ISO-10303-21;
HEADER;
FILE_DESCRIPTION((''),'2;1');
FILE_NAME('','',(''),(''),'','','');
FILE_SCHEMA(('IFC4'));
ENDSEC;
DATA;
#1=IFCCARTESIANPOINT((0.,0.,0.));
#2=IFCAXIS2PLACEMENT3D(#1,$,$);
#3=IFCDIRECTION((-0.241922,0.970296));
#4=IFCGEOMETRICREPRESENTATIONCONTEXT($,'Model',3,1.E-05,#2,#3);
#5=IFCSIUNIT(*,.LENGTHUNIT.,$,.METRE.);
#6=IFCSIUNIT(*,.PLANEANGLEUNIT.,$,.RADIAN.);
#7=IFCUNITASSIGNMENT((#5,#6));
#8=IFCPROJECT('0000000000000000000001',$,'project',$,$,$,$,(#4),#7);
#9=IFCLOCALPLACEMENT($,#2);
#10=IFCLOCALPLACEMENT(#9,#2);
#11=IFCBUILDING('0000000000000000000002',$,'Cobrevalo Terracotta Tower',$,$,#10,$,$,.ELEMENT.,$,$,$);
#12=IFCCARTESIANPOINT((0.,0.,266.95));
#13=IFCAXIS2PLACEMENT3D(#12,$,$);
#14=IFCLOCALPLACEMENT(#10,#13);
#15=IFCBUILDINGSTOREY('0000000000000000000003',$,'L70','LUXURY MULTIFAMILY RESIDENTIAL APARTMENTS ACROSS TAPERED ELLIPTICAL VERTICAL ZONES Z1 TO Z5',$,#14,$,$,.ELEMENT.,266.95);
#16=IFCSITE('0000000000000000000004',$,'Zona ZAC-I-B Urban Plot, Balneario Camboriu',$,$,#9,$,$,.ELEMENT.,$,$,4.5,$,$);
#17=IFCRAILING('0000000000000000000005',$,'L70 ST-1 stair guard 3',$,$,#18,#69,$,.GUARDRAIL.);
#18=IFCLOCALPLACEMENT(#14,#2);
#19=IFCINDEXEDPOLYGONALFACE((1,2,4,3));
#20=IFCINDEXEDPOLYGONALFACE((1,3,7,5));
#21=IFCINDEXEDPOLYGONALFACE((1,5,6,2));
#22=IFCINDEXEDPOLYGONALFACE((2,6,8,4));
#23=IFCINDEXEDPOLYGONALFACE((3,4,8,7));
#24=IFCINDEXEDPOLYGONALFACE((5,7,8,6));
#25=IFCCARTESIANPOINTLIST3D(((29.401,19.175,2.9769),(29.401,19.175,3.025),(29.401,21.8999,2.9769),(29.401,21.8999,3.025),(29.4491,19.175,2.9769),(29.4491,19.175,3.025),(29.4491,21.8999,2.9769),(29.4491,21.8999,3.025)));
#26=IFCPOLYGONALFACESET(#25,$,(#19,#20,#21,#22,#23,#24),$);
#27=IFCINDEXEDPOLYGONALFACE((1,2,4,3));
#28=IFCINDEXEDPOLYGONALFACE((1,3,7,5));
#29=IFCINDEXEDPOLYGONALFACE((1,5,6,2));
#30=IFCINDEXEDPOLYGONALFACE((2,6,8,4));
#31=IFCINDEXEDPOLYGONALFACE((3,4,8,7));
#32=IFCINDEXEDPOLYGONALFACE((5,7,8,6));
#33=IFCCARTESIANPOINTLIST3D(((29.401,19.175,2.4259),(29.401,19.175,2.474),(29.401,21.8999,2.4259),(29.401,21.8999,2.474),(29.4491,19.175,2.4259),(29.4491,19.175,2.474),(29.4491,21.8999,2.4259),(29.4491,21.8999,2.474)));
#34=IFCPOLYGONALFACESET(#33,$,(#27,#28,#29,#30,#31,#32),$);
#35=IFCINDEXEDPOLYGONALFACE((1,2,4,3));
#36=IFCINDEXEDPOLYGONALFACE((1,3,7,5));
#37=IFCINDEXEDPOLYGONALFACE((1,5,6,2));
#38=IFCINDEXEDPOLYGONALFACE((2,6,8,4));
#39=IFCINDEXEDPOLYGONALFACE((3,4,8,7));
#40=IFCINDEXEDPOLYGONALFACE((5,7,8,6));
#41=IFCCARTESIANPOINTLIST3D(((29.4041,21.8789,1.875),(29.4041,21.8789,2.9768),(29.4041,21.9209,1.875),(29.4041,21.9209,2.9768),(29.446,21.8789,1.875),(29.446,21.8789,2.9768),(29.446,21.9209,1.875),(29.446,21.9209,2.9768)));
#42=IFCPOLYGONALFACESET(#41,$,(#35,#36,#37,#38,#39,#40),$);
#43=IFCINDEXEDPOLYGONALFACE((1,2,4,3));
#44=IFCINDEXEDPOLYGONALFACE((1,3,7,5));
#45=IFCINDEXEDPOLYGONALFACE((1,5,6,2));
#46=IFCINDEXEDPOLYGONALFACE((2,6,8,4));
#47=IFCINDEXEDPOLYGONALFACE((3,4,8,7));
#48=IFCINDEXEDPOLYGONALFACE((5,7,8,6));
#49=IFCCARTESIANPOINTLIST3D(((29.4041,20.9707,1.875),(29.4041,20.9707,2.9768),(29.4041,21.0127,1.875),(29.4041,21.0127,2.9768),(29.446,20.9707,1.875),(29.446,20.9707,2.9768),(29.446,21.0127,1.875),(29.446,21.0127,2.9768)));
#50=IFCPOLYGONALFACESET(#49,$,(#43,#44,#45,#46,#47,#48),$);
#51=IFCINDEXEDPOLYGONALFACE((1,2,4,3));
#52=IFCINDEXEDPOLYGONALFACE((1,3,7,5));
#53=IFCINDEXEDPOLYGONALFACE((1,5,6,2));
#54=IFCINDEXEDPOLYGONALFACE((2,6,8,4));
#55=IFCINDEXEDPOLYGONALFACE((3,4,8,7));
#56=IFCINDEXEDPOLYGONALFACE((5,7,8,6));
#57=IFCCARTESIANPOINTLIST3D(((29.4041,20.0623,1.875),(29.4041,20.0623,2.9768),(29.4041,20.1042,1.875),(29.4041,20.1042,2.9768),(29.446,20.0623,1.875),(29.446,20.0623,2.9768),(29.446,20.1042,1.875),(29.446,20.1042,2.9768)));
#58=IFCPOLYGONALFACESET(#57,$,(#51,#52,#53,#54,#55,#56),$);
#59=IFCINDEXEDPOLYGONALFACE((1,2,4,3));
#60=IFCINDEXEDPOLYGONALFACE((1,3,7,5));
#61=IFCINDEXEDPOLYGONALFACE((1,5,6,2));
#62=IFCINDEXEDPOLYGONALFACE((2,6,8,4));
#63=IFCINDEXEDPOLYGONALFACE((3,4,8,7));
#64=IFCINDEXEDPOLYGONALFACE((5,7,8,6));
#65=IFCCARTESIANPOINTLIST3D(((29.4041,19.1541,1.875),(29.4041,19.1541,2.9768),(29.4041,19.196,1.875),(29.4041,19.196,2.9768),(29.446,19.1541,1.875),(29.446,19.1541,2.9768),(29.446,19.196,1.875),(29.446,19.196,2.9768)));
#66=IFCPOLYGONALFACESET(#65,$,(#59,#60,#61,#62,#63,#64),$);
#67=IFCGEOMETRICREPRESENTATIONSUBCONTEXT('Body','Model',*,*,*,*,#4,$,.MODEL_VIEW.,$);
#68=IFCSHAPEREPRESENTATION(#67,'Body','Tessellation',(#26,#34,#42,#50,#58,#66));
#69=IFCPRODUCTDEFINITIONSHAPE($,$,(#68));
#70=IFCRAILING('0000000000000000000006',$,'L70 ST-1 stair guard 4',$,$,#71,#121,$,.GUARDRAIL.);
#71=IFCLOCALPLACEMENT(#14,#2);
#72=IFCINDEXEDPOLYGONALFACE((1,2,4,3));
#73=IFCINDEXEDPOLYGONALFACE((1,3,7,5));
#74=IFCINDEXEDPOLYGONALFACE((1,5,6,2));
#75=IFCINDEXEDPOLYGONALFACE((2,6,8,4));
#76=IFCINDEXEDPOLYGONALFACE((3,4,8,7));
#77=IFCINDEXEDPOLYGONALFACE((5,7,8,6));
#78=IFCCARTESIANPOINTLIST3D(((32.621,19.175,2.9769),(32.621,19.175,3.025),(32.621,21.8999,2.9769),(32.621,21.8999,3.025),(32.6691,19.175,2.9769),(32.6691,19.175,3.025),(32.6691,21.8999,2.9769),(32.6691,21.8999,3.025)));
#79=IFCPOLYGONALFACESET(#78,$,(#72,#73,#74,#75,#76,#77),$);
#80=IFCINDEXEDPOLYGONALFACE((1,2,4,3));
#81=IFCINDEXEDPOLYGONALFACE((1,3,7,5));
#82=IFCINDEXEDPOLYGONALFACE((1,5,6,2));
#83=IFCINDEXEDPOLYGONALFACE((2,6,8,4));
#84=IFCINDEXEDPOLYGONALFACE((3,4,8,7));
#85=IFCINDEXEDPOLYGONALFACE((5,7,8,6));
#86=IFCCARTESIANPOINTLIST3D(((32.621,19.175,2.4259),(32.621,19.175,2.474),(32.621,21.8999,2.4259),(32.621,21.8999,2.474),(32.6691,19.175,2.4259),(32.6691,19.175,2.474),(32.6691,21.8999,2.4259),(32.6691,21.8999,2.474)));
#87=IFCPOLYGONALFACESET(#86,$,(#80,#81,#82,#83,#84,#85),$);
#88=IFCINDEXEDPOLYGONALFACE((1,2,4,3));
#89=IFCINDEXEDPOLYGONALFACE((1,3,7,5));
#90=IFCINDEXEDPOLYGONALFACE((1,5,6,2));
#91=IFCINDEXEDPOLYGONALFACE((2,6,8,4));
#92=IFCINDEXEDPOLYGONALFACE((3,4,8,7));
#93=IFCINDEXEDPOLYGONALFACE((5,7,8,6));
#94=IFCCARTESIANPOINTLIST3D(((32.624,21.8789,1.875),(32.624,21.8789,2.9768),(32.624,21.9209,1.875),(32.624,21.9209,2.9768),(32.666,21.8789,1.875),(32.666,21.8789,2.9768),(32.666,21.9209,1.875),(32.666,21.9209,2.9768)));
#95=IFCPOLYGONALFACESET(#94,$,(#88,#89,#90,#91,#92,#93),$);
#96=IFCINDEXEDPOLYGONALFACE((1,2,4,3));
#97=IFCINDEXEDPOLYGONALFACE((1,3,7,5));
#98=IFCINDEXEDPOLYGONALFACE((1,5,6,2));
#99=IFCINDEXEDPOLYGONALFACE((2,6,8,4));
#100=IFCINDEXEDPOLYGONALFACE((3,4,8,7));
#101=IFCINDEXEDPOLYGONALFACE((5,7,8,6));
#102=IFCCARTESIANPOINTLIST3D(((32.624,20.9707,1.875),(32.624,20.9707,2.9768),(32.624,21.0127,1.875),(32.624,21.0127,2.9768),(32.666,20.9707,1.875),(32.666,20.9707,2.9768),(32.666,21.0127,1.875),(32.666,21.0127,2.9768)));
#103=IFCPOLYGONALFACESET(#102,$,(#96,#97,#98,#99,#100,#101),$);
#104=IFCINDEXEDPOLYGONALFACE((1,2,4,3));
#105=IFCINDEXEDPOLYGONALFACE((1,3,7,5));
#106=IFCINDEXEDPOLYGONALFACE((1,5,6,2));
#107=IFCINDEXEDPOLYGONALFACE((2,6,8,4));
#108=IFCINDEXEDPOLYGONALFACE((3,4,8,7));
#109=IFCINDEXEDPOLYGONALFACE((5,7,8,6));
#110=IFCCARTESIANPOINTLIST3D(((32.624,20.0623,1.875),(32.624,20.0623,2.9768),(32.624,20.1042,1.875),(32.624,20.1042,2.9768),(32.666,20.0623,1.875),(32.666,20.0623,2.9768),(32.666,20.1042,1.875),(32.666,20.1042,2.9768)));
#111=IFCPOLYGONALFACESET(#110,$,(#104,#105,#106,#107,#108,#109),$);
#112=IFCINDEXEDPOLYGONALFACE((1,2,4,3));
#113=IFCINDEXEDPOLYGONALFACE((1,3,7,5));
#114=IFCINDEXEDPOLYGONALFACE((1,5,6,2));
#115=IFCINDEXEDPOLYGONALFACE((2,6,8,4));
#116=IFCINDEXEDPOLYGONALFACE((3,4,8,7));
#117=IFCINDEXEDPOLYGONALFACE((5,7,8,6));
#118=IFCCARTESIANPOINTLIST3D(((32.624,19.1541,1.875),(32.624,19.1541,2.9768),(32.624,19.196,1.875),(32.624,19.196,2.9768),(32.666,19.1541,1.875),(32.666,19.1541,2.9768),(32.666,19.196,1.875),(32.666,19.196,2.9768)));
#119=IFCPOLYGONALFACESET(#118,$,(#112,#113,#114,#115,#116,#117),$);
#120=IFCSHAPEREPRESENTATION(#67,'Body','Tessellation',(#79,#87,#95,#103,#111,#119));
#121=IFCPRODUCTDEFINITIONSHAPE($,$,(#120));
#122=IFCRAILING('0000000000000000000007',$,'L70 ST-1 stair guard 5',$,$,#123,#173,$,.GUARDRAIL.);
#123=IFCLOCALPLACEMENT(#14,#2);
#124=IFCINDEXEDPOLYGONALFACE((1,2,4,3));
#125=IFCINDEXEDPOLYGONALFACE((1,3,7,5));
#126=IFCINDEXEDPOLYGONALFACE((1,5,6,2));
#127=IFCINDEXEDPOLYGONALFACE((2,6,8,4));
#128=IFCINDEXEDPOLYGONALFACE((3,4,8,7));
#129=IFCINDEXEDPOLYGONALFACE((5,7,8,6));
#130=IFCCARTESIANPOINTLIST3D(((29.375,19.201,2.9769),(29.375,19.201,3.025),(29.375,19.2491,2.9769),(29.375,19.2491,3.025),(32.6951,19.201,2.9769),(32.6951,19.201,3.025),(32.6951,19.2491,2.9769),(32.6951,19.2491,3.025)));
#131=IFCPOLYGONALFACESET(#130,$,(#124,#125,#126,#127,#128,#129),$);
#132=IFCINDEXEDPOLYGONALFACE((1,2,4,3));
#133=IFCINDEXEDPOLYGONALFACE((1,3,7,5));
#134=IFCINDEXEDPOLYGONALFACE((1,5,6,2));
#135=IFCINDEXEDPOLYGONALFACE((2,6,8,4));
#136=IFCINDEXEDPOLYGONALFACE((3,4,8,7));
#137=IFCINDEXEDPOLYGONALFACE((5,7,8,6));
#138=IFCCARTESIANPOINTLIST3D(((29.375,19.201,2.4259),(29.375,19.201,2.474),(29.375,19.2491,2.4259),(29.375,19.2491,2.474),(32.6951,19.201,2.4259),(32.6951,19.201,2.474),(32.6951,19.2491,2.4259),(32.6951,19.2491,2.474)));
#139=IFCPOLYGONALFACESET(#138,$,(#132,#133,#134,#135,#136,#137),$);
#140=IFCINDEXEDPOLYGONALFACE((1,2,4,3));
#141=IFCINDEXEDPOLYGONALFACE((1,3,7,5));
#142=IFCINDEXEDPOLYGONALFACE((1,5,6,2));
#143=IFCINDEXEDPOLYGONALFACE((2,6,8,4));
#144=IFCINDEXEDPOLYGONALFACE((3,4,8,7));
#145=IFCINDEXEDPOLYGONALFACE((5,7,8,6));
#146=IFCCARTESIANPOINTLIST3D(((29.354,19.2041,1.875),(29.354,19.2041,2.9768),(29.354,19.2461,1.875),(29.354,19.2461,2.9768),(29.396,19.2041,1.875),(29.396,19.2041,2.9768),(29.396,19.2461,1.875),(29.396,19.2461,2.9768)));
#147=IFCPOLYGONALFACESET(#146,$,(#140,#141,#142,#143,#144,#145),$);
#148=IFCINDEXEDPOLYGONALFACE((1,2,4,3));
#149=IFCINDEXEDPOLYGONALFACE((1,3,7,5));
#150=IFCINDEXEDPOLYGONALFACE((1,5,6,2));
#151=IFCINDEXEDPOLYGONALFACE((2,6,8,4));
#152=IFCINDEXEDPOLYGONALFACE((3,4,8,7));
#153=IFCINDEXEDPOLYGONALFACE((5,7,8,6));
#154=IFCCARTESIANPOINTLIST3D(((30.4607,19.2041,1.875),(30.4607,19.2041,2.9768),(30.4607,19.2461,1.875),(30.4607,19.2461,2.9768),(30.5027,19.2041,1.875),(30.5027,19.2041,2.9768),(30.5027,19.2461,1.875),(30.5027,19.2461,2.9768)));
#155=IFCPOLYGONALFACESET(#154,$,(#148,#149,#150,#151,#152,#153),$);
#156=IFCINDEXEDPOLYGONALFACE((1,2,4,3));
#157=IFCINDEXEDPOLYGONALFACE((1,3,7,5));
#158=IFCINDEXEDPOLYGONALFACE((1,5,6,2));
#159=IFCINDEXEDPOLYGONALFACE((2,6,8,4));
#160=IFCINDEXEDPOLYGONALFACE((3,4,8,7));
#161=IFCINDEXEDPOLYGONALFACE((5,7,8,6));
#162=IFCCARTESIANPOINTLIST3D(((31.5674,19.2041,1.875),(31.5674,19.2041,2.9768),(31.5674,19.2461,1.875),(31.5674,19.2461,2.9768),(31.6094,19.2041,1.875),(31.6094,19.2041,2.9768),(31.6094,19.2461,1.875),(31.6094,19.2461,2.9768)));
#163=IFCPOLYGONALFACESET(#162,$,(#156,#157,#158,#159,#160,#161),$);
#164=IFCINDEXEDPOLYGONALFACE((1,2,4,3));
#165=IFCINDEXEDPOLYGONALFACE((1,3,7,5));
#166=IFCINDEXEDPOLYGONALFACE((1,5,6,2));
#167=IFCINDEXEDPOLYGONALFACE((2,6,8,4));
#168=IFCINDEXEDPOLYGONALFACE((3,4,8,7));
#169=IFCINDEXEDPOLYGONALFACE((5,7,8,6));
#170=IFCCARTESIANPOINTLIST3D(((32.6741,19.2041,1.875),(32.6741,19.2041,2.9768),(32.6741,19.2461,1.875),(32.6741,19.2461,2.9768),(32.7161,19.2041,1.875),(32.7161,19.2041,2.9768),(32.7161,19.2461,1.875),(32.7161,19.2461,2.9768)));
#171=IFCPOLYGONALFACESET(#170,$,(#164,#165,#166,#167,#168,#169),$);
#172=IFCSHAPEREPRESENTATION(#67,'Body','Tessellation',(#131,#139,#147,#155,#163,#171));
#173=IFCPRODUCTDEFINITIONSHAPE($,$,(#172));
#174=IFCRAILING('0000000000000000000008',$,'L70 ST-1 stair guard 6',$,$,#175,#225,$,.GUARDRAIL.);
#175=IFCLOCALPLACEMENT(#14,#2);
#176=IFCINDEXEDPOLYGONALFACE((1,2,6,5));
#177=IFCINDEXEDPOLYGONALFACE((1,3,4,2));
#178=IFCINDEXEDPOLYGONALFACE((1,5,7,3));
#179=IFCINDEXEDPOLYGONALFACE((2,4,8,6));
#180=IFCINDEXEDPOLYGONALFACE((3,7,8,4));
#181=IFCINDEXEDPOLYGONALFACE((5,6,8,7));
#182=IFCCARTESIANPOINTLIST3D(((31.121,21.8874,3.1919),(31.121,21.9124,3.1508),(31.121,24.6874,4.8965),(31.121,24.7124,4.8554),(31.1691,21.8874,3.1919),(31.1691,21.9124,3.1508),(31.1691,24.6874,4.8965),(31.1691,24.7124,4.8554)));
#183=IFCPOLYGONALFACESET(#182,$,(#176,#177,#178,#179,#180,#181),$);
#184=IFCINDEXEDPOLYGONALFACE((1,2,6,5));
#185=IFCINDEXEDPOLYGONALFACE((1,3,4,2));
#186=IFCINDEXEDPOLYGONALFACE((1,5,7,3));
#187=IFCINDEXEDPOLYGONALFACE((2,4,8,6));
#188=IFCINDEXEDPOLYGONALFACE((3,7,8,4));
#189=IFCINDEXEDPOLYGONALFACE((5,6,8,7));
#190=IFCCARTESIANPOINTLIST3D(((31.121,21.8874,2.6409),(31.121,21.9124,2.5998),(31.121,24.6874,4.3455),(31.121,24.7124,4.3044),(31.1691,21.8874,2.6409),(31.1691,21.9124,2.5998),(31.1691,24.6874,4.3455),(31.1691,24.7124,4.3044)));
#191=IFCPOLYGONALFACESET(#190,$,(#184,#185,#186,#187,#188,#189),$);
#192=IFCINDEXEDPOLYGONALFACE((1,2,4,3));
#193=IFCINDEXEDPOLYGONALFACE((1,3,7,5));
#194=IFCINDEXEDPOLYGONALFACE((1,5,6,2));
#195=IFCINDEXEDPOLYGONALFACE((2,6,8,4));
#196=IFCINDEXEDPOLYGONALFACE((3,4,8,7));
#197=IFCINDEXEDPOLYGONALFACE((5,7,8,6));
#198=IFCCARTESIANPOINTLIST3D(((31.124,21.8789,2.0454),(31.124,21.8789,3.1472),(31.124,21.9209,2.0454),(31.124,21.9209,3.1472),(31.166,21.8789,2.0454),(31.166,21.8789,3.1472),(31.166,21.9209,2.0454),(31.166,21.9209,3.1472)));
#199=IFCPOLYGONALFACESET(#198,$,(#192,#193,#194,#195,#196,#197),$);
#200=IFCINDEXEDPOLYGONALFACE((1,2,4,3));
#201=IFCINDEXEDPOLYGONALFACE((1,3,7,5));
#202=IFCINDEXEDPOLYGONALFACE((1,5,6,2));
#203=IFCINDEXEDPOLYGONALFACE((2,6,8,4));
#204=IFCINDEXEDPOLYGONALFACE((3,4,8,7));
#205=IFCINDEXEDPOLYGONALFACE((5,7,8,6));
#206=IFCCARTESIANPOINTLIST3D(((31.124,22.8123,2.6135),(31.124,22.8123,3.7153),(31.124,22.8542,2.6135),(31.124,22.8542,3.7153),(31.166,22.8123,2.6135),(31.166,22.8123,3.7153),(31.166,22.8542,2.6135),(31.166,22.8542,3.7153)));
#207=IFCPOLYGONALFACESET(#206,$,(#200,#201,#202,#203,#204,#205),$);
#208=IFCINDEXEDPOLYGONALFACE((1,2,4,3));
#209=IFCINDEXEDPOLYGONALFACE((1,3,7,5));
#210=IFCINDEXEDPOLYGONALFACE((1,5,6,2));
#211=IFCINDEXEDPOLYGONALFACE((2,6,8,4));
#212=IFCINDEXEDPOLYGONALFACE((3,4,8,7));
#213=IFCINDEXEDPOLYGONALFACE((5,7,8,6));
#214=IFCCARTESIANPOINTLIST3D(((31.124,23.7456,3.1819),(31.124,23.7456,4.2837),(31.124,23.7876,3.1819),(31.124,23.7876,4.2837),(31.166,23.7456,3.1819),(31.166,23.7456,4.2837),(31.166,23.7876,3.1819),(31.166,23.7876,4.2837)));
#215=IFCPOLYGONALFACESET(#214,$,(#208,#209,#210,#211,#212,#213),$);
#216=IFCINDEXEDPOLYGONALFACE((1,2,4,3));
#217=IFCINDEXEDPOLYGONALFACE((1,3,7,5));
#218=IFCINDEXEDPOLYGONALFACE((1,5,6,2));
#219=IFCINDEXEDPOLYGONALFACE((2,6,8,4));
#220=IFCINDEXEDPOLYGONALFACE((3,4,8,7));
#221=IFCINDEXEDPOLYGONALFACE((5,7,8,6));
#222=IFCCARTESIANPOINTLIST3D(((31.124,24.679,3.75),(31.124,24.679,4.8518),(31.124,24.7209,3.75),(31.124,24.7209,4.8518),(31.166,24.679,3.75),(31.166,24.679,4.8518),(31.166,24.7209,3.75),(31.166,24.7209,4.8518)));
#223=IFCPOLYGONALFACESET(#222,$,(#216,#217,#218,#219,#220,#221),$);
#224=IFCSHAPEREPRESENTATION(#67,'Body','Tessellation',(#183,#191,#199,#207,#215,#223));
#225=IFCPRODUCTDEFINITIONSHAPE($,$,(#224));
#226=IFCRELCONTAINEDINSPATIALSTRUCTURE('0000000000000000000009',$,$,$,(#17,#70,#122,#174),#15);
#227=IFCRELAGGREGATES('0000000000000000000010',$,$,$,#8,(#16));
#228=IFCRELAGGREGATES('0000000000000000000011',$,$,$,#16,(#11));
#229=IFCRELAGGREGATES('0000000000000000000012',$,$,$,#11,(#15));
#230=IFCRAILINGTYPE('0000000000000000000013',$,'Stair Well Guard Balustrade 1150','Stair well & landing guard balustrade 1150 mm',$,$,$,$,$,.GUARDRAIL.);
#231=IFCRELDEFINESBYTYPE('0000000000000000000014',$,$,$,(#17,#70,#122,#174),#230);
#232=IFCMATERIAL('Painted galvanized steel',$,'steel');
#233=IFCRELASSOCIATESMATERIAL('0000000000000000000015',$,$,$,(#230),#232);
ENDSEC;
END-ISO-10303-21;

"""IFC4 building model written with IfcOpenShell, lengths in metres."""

from ifc_helpers import new_model, si_unit, direction, frame, origin, origin_2d, place, context, subcontext, project, spatial, rectangle, extrude, material, type_object, element, save


model = new_model("IFC4")

# Units and contexts
model_context = context("Model", 3, precision=1e-05, world=origin(), true_north=direction((-0.241922, 0.970296)))
body_context = subcontext(model_context, "Body", "Model", "MODEL_VIEW")
ifc_project = project(units=[si_unit("LENGTHUNIT", "METRE"), si_unit("PLANEANGLEUNIT", "RADIAN")], contexts=[model_context])

# Site, building, storey
site_placement = place(None, origin())
site = spatial("IfcSite", under=ifc_project, at=site_placement, Name="Zona ZAC-I-B Urban Plot, Balneario Camboriu", CompositionType="ELEMENT", RefElevation=4.5)
building_placement = place(site_placement, origin())
building = spatial("IfcBuilding", under=site, at=building_placement, Name="Cobrevalo Terracotta Tower", CompositionType="ELEMENT")
storey_placement = place(building_placement, frame((0.0, 0.0, 266.95)))
storey = spatial("IfcBuildingStorey", under=building, at=storey_placement, Name="L70", Description="LUXURY MULTIFAMILY RESIDENTIAL APARTMENTS ACROSS TAPERED ELLIPTICAL VERTICAL ZONES Z1 TO Z5", CompositionType="ELEMENT", Elevation=266.95)

# Railings
ifc_material_1 = material(Name="Painted galvanized steel", Category="steel")
railing_type_1 = type_object("IfcRailingType", Name="Stair Well Guard Balustrade 1150", Description="Stair well & landing guard balustrade 1150 mm", PredefinedType="GUARDRAIL", material=ifc_material_1)
for number, where, name in (
    (1, (29.425, 21.8999, 1.875), "L70 ST-1 stair guard 3"),
    (2, (32.645, 21.8999, 1.875), "L70 ST-1 stair guard 4"),
):
    element("IfcRailing", number, at=place(storey_placement, frame(where)), inside=storey, type_object=railing_type_1, Name=name, PredefinedType="GUARDRAIL", context=body_context, shape_type="SweptSolid", body=[
        extrude(rectangle(XDim=0.0481, YDim=0.0481, at=origin_2d()), frame((0.0, 0.0, 1.126), z_axis=(0.0, -1.0, 0.0), x_axis=(1.0, 0.0, 0.0)), (0.0, 0.0, 1.0), 2.7249),
        extrude(rectangle(XDim=0.0481, YDim=0.0481, at=origin_2d()), frame((0.0, 0.0, 0.575), z_axis=(0.0, -1.0, 0.0), x_axis=(1.0, 0.0, 0.0)), (0.0, 0.0, 1.0), 2.7249),
        extrude(rectangle(XDim=0.042, YDim=0.042, at=origin_2d()), origin(), (0.0, 0.0, 1.0), 1.1018),
        extrude(rectangle(XDim=0.042, YDim=0.042, at=origin_2d()), frame((0.0, -0.9082, 0.0)), (0.0, 0.0, 1.0), 1.1018),
        extrude(rectangle(XDim=0.042, YDim=0.042, at=origin_2d()), frame((0.0, -1.8167, 0.0)), (0.0, 0.0, 1.0), 1.1018),
        extrude(rectangle(XDim=0.042, YDim=0.042, at=origin_2d()), frame((0.0, -2.7249, 0.0)), (0.0, 0.0, 1.0), 1.1018),
    ])
railing_1_placement = place(storey_placement, frame((29.375, 19.2251, 1.875)))
element("IfcRailing", 3, at=railing_1_placement, inside=storey, type_object=railing_type_1, Name="L70 ST-1 stair guard 5", PredefinedType="GUARDRAIL", context=body_context, shape_type="SweptSolid", body=[
    extrude(rectangle(XDim=0.0481, YDim=0.0481, at=origin_2d()), frame((0.0, 0.0, 1.126), z_axis=(1.0, 0.0, 0.0), x_axis=(0.0, 1.0, 0.0)), (0.0, 0.0, 1.0), 3.3201),
    extrude(rectangle(XDim=0.0481, YDim=0.0481, at=origin_2d()), frame((0.0, 0.0, 0.575), z_axis=(1.0, 0.0, 0.0), x_axis=(0.0, 1.0, 0.0)), (0.0, 0.0, 1.0), 3.3201),
    extrude(rectangle(XDim=0.042, YDim=0.042, at=origin_2d()), origin(), (0.0, 0.0, 1.0), 1.1018),
    extrude(rectangle(XDim=0.042, YDim=0.042, at=origin_2d()), frame((1.1067, 0.0, 0.0)), (0.0, 0.0, 1.0), 1.1018),
    extrude(rectangle(XDim=0.042, YDim=0.042, at=origin_2d()), frame((2.2134, 0.0, 0.0)), (0.0, 0.0, 1.0), 1.1018),
    extrude(rectangle(XDim=0.042, YDim=0.042, at=origin_2d()), frame((3.3201, 0.0, 0.0)), (0.0, 0.0, 1.0), 1.1018),
])
railing_2_placement = place(storey_placement, frame((31.145, 21.8999, 2.0454)))
element("IfcRailing", 4, at=railing_2_placement, inside=storey, type_object=railing_type_1, Name="L70 ST-1 stair guard 6", PredefinedType="GUARDRAIL", context=body_context, shape_type="SweptSolid", body=[
    extrude(rectangle(XDim=0.0481, YDim=0.0481, at=origin_2d()), frame((0.0, 0.0, 1.126), z_axis=(0.0, 0.85417, 0.519994), x_axis=(-1.0, 0.0, 0.0)), (0.0, 0.0, 1.0), 3.2781),
    extrude(rectangle(XDim=0.0481, YDim=0.0481, at=origin_2d()), frame((0.0, 0.0, 0.575), z_axis=(0.0, 0.85417, 0.519994), x_axis=(-1.0, 0.0, 0.0)), (0.0, 0.0, 1.0), 3.2781),
    extrude(rectangle(XDim=0.042, YDim=0.042, at=origin_2d()), origin(), (0.0, 0.0, 1.0), 1.1018),
    extrude(rectangle(XDim=0.042, YDim=0.042, at=origin_2d()), frame((0.0, 0.9333, 0.5681)), (0.0, 0.0, 1.0), 1.1018),
    extrude(rectangle(XDim=0.042, YDim=0.042, at=origin_2d()), frame((0.0, 1.8667, 1.1365)), (0.0, 0.0, 1.0), 1.1018),
    extrude(rectangle(XDim=0.042, YDim=0.042, at=origin_2d()), frame((0.0, 2.8, 1.7046)), (0.0, 0.0, 1.0), 1.1018),
])

save(model, "model.ifc")
